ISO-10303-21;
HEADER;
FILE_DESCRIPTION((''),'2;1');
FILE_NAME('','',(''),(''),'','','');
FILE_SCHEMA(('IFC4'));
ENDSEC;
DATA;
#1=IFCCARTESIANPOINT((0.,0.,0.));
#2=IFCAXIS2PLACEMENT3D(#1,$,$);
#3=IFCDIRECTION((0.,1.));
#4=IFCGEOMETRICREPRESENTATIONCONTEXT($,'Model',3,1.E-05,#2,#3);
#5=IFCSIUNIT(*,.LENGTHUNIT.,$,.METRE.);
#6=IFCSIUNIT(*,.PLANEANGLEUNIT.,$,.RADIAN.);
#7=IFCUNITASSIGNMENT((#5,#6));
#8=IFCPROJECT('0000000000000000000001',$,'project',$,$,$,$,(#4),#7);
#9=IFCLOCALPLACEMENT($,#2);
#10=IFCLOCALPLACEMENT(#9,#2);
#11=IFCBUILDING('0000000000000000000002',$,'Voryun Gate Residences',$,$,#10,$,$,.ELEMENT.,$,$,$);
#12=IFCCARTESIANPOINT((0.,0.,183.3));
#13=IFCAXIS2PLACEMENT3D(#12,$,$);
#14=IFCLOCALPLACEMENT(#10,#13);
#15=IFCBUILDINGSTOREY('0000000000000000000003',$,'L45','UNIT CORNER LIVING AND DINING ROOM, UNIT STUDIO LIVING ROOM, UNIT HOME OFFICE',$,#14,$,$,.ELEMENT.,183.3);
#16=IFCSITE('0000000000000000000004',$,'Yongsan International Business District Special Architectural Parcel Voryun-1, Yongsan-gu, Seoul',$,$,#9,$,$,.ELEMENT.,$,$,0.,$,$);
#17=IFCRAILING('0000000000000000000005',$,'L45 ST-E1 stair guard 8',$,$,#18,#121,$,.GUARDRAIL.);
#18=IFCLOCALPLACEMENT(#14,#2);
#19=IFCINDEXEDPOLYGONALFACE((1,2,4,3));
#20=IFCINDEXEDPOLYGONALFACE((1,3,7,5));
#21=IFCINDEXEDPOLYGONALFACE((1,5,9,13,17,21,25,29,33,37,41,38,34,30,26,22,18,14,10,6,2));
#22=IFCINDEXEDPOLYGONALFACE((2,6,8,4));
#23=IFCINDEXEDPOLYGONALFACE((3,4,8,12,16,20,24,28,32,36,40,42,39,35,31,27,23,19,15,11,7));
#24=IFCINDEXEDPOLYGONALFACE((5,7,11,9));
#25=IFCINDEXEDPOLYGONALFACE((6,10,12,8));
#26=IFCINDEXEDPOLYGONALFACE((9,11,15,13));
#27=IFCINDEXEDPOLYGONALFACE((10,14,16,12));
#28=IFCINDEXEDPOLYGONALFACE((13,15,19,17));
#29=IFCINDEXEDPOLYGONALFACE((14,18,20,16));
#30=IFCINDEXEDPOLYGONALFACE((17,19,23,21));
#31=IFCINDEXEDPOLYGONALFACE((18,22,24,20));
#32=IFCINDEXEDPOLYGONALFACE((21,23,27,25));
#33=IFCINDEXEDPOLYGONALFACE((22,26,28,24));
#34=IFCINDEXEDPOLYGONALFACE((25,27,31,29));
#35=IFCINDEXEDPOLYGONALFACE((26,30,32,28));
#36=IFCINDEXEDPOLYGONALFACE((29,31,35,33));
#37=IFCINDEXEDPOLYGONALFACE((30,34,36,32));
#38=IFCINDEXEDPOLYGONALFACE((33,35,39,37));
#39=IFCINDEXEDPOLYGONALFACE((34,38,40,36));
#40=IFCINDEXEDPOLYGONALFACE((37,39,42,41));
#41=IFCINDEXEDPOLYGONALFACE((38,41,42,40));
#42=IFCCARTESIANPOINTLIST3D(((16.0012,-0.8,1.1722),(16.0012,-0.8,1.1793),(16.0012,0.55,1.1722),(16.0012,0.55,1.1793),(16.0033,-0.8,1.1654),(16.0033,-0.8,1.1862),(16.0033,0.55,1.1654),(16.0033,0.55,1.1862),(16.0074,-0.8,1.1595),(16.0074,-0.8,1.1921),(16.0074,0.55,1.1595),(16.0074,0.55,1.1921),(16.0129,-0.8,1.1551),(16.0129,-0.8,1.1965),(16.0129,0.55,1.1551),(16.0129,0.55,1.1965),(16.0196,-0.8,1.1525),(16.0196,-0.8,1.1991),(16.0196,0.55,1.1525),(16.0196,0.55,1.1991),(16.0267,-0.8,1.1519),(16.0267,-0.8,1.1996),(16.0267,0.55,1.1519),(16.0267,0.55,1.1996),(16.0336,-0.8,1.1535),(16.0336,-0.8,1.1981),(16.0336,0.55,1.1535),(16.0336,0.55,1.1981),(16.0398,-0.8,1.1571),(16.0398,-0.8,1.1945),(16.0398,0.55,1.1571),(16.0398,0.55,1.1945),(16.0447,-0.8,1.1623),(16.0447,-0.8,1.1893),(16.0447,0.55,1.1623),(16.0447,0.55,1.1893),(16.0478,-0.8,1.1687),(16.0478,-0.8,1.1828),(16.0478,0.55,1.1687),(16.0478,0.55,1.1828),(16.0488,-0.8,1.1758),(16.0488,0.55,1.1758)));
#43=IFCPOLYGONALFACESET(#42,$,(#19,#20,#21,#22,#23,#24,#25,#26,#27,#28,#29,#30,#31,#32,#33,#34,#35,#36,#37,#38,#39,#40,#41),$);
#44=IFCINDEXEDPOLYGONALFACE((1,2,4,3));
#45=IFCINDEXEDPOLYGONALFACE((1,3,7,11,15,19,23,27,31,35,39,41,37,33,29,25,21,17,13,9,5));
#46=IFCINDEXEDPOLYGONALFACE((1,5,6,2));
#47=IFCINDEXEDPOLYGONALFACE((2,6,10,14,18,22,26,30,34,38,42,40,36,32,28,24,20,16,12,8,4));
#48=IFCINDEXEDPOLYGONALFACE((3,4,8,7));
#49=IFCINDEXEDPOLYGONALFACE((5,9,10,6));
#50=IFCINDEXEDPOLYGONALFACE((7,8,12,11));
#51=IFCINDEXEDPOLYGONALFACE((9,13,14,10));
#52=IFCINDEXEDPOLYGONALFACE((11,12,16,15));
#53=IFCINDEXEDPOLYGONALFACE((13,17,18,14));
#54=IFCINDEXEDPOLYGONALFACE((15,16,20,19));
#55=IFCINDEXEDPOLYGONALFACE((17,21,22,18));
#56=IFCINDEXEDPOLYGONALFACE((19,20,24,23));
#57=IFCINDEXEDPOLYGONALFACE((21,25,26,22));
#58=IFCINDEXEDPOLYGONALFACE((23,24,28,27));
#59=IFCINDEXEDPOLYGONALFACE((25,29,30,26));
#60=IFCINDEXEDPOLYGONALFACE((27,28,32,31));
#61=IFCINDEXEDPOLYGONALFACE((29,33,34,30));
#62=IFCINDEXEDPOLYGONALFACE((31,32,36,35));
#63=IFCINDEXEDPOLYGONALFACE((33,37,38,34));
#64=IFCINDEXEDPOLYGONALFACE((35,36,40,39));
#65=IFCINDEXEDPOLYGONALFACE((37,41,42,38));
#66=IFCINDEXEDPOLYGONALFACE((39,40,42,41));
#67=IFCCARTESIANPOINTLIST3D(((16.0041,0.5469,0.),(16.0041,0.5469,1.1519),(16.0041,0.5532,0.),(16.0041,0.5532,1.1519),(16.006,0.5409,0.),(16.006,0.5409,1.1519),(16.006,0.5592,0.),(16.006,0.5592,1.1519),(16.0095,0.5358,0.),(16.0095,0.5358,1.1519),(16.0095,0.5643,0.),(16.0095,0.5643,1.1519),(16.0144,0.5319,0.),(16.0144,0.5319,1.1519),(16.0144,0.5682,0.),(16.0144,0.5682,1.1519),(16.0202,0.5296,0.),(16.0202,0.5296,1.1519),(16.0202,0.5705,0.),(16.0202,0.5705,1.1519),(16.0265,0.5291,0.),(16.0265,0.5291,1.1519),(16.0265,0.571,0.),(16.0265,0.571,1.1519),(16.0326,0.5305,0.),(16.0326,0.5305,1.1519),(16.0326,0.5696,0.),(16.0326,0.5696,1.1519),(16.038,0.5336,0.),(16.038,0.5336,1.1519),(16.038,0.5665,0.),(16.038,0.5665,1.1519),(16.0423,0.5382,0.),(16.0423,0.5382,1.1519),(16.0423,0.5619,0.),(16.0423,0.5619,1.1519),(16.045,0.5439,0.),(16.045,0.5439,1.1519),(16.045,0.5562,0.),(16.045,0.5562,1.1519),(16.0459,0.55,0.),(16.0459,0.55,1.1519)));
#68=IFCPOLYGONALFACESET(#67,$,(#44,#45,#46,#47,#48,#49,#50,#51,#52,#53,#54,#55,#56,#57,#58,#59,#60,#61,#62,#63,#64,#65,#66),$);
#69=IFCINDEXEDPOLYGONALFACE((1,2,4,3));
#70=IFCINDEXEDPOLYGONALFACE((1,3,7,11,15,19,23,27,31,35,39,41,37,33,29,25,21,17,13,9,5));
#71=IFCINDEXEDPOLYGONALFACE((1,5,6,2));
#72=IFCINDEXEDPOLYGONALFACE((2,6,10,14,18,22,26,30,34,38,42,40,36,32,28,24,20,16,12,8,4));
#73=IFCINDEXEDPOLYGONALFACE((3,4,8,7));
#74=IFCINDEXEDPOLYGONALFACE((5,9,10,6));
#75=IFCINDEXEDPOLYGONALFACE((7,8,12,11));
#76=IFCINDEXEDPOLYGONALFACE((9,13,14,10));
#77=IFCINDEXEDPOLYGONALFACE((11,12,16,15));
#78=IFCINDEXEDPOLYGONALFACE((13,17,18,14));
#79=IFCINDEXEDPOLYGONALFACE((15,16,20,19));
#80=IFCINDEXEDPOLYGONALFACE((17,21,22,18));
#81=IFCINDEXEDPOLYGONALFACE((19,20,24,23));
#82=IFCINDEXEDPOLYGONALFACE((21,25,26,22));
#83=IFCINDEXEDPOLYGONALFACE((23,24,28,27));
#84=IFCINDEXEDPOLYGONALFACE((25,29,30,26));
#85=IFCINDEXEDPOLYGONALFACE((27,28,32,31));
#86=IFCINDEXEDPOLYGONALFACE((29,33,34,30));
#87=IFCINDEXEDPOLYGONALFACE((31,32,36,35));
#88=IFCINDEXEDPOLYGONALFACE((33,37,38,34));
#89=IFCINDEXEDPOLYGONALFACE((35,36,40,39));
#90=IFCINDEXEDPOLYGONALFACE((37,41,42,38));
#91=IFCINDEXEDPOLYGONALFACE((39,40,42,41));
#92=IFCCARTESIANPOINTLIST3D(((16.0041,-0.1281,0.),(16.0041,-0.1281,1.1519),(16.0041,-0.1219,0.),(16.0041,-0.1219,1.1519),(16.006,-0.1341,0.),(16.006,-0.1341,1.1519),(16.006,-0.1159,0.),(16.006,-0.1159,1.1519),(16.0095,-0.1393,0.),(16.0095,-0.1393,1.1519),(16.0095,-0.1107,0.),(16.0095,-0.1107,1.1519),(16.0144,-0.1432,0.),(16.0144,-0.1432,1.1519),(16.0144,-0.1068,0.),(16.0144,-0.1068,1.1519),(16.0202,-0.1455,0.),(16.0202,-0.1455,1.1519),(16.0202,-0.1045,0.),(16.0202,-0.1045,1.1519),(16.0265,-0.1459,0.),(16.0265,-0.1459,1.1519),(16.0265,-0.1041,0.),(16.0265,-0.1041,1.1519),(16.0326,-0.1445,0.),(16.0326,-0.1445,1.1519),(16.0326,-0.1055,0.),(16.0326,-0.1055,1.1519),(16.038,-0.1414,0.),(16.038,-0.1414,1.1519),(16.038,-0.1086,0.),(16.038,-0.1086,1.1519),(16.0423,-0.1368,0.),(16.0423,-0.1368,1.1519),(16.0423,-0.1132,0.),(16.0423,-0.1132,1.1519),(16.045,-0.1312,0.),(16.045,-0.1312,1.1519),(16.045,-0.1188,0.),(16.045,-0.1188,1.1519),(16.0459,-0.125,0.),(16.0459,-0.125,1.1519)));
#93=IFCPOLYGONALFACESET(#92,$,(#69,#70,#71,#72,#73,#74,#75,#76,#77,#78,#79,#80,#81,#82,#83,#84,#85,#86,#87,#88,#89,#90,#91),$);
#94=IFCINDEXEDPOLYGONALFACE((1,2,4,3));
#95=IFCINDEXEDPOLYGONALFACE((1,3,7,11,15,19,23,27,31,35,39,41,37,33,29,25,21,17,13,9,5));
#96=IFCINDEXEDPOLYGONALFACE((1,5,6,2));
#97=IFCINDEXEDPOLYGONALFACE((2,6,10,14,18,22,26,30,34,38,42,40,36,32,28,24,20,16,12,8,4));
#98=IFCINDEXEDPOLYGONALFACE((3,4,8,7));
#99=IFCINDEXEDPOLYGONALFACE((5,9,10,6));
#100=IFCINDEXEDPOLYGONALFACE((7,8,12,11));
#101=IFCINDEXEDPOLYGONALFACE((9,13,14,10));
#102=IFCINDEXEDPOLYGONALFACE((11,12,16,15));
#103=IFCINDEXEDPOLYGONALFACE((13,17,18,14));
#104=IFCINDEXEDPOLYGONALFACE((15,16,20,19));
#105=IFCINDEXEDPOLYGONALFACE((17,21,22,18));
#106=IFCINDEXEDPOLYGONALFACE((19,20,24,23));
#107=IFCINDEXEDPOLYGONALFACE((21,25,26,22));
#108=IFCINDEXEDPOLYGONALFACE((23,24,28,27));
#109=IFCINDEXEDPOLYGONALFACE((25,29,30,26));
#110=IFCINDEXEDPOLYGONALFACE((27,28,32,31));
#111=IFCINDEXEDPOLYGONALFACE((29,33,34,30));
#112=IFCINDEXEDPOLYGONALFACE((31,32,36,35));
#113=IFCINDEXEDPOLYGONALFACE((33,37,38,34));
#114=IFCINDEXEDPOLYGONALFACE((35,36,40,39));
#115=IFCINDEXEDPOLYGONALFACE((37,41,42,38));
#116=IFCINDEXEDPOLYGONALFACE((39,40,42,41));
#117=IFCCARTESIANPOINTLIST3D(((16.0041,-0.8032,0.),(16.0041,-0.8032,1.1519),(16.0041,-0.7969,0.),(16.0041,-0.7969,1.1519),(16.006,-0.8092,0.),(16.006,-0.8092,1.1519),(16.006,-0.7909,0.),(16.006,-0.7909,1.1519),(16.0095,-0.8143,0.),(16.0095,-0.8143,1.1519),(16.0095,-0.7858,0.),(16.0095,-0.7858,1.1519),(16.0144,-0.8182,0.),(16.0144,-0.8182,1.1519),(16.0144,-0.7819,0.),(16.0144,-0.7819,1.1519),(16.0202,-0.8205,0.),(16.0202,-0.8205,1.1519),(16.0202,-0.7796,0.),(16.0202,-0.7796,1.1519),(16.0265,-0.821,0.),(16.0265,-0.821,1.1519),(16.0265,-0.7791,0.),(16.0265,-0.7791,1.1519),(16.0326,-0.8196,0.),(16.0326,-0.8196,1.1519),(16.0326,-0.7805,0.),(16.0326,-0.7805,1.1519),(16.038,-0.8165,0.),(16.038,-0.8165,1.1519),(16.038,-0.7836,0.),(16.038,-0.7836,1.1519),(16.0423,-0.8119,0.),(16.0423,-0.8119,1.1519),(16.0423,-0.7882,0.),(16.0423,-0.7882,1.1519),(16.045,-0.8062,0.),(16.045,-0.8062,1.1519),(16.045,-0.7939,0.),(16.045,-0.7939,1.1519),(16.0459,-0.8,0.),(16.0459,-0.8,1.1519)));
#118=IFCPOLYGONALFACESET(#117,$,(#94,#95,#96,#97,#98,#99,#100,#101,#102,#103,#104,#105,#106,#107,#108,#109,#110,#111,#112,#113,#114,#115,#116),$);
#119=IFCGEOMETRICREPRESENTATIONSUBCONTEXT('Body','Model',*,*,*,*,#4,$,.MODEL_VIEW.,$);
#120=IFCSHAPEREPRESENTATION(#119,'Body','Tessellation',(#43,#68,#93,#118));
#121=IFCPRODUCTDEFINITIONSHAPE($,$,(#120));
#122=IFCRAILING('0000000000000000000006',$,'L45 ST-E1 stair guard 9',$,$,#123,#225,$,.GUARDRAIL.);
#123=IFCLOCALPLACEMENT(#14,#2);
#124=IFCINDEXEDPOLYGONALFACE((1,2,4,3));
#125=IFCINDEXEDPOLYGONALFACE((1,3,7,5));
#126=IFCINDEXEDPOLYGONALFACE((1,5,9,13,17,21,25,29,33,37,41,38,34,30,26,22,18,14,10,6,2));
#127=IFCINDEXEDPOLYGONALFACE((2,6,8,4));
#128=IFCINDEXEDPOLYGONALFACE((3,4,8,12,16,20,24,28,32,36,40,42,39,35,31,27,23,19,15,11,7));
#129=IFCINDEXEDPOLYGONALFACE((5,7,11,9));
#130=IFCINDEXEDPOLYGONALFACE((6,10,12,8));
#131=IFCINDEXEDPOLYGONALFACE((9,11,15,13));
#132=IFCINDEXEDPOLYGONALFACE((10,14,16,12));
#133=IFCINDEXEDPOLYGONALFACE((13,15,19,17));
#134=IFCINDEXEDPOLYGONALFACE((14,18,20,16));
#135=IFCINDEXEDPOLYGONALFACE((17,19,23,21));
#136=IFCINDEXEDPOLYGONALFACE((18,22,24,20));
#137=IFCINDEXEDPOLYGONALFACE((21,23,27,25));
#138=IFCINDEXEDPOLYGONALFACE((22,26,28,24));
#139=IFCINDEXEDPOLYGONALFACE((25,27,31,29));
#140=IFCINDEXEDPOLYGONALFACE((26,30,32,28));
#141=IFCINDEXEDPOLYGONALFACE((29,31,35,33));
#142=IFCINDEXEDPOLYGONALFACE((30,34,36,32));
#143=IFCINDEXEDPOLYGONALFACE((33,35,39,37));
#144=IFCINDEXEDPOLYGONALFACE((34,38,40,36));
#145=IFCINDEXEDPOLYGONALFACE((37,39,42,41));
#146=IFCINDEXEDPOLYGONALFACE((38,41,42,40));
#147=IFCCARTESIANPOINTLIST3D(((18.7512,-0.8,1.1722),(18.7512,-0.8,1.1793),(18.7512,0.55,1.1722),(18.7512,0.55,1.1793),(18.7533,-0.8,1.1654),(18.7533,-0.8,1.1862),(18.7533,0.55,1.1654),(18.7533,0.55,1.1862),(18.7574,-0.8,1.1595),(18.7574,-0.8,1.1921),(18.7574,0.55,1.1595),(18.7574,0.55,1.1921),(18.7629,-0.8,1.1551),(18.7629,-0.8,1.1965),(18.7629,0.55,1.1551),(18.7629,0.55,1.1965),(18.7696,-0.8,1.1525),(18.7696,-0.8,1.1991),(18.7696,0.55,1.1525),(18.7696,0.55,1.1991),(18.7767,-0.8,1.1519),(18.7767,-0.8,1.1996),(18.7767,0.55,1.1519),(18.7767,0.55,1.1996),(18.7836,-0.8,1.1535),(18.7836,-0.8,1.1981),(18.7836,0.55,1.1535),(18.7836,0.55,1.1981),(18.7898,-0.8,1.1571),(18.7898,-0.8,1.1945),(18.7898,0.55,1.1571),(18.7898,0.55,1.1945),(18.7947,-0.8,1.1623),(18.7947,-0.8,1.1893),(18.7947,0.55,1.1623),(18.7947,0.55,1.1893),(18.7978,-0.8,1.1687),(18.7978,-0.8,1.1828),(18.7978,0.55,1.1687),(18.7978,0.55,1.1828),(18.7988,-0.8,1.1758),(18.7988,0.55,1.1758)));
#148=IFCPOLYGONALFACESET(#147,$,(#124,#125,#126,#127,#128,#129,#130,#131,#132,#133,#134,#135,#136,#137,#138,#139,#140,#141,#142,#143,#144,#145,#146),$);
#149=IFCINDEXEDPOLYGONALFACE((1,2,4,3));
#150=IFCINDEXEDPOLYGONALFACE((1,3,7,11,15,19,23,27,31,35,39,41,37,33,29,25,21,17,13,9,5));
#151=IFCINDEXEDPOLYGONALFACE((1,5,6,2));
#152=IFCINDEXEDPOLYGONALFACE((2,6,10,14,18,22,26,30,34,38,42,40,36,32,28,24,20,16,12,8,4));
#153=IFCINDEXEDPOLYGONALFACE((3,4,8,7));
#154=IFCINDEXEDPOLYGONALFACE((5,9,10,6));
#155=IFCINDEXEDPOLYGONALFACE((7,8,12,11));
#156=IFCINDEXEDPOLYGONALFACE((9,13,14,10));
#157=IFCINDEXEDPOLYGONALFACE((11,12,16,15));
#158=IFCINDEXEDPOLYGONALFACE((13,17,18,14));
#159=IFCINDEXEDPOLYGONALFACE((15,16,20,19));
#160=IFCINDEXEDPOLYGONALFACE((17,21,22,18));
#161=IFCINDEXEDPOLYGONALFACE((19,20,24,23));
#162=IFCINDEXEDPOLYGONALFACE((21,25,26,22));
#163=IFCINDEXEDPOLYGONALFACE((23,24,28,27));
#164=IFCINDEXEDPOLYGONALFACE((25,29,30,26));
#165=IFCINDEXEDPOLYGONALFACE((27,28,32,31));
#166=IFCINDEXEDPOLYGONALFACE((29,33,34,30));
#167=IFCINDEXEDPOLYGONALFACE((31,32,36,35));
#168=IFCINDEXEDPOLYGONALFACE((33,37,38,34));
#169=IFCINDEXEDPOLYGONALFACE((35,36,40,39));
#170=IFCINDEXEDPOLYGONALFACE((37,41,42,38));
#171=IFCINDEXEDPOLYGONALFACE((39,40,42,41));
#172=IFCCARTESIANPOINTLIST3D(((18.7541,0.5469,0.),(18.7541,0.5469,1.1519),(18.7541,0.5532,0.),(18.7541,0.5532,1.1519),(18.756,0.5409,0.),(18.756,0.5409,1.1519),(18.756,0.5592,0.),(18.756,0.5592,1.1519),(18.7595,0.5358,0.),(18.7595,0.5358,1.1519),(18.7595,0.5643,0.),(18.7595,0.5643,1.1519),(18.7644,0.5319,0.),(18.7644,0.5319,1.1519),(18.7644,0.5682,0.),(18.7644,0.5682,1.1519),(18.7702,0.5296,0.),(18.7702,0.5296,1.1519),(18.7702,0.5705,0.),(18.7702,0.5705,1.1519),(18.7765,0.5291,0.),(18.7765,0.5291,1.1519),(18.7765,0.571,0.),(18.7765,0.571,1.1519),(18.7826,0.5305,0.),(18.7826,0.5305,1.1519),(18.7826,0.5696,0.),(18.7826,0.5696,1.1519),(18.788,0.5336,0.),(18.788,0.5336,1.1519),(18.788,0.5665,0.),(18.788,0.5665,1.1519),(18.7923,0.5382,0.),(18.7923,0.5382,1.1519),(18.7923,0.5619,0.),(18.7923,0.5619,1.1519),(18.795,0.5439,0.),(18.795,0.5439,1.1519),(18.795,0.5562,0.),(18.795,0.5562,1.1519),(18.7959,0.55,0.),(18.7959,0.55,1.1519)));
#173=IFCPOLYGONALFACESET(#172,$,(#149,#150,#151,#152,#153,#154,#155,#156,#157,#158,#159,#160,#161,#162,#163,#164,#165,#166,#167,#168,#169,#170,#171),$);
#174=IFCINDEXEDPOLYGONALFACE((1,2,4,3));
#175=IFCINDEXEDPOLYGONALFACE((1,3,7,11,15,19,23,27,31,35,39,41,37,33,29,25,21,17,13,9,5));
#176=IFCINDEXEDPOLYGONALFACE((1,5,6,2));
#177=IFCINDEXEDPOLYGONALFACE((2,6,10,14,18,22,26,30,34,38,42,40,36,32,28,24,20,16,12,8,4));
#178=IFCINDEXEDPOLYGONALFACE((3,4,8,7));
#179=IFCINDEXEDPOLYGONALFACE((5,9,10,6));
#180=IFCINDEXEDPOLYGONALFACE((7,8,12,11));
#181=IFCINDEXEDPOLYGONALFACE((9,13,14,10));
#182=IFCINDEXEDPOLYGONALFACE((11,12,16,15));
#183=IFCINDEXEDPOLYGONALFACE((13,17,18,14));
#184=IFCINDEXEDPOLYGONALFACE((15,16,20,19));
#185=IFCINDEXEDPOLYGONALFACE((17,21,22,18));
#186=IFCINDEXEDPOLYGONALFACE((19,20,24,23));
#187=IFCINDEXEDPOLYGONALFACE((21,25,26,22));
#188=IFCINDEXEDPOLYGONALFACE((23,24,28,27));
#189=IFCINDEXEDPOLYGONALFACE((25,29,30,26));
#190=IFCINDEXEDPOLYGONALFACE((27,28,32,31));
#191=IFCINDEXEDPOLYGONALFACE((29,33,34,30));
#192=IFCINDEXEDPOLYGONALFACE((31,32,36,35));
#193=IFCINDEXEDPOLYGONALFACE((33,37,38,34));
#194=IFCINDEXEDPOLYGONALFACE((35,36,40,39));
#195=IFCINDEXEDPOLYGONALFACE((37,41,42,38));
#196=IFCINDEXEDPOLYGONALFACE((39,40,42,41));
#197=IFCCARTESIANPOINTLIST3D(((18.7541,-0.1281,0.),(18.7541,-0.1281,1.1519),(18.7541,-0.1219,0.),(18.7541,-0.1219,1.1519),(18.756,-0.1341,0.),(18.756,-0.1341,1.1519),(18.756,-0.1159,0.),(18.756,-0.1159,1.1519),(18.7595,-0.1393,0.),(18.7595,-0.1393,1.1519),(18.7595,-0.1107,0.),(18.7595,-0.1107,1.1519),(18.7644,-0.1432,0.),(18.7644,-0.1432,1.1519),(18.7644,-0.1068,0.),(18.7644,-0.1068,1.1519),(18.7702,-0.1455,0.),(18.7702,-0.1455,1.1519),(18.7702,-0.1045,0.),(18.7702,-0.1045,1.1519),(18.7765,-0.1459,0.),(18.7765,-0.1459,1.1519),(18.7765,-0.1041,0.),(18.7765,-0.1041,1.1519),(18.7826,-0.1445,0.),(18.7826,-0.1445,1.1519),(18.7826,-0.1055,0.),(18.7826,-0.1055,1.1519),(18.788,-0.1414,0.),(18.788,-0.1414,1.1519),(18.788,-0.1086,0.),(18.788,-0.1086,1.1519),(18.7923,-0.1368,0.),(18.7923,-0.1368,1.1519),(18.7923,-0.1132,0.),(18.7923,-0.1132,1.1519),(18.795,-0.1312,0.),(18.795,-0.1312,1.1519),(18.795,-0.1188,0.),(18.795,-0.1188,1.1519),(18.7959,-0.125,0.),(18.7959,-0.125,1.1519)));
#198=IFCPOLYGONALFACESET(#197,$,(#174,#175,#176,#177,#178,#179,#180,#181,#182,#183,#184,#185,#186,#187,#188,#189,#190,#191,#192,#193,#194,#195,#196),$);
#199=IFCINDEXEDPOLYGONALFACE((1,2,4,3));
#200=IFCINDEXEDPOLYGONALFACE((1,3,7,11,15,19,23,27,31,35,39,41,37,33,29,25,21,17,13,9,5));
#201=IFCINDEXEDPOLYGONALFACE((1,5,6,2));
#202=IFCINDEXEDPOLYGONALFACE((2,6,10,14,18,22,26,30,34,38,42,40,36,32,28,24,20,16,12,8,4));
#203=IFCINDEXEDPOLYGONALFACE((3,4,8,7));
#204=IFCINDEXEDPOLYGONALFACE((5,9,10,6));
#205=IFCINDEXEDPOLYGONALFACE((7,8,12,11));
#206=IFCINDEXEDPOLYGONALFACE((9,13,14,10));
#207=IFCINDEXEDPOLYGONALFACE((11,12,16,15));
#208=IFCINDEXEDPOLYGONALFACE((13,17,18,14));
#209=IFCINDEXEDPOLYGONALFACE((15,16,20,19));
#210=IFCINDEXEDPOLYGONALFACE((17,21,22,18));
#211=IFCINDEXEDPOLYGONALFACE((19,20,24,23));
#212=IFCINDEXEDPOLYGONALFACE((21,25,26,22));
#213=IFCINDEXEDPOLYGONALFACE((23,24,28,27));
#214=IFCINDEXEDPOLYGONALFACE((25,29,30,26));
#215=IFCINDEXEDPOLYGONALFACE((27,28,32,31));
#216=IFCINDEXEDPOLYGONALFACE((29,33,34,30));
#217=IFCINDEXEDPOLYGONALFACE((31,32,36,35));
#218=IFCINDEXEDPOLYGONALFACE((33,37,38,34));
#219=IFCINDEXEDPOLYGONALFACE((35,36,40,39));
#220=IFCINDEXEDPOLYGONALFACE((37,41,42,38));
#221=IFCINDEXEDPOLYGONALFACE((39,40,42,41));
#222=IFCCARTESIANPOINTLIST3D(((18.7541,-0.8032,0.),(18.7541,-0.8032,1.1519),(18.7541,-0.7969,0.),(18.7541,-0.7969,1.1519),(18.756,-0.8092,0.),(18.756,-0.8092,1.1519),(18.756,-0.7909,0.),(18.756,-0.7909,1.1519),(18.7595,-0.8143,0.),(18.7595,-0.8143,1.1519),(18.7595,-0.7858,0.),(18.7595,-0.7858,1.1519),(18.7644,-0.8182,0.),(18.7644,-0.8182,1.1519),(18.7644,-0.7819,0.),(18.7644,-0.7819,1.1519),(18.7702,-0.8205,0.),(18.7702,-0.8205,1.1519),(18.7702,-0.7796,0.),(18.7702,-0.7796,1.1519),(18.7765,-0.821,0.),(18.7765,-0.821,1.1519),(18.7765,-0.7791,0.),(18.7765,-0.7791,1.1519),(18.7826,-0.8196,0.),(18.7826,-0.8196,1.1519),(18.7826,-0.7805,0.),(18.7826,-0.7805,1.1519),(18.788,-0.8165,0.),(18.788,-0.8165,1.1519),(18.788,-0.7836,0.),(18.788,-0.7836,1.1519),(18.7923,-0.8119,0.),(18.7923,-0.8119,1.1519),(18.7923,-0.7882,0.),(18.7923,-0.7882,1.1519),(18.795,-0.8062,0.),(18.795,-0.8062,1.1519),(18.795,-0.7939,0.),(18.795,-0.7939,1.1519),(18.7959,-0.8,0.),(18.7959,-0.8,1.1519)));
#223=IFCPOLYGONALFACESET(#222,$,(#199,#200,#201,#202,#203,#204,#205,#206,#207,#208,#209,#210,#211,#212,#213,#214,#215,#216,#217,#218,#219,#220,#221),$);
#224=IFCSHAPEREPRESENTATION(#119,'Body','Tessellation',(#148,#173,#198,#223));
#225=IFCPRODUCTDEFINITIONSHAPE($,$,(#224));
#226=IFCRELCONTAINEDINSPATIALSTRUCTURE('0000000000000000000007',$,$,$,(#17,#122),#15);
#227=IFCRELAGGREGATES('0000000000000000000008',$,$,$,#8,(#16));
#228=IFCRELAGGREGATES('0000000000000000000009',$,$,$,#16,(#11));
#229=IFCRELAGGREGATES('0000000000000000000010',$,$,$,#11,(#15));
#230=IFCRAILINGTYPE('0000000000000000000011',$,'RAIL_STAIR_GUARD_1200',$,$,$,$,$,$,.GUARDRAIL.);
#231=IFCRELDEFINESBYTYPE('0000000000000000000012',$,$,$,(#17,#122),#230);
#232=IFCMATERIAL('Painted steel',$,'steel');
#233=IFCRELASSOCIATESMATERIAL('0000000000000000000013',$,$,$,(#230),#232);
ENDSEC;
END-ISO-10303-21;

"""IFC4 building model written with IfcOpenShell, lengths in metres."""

from ifc_helpers import new_model, si_unit, direction, frame, origin, origin_2d, place, context, subcontext, project, spatial, circle, extrude, material, type_object, element, save


model = new_model("IFC4")

# Units and contexts
model_context = context("Model", 3, precision=1e-05, world=origin(), true_north=direction((0.0, 1.0)))
body_context = subcontext(model_context, "Body", "Model", "MODEL_VIEW")
ifc_project = project(units=[si_unit("LENGTHUNIT", "METRE"), si_unit("PLANEANGLEUNIT", "RADIAN")], contexts=[model_context])

# Site, building, storey
site_placement = place(None, origin())
site = spatial("IfcSite", under=ifc_project, at=site_placement, Name="Yongsan International Business District Special Architectural Parcel Voryun-1, Yongsan-gu, Seoul", CompositionType="ELEMENT", RefElevation=0.0)
building_placement = place(site_placement, origin())
building = spatial("IfcBuilding", under=site, at=building_placement, Name="Voryun Gate Residences", CompositionType="ELEMENT")
storey_placement = place(building_placement, frame((0.0, 0.0, 183.3)))
storey = spatial("IfcBuildingStorey", under=building, at=storey_placement, Name="L45", Description="UNIT CORNER LIVING AND DINING ROOM, UNIT STUDIO LIVING ROOM, UNIT HOME OFFICE", CompositionType="ELEMENT", Elevation=183.3)

# Railings
ifc_material_1 = material(Name="Painted steel", Category="steel")
railing_type = type_object("IfcRailingType", Name="RAIL_STAIR_GUARD_1200", PredefinedType="GUARDRAIL", material=ifc_material_1)
for number, where, name in (
    (1, (16.0249, 0.55, 0.0), "L45 ST-E1 stair guard 8"),
    (2, (18.7749, 0.55, 0.0), "L45 ST-E1 stair guard 9"),
):
    element("IfcRailing", number, at=place(storey_placement, frame(where)), inside=storey, type_object=railing_type, Name=name, PredefinedType="GUARDRAIL", context=body_context, shape_type="SweptSolid", body=[
        extrude(circle(Radius=0.0239, at=origin_2d()), frame((0.0, 0.0, 1.1758), z_axis=(0.0, -1.0, 0.0), x_axis=(1.0, 0.0, 0.0)), (0.0, 0.0, 1.0), 1.3501),
        extrude(circle(Radius=0.021, at=origin_2d()), origin(), (0.0, 0.0, 1.0), 1.1519),
        extrude(circle(Radius=0.021, at=origin_2d()), frame((0.0, -0.675, 0.0)), (0.0, 0.0, 1.0), 1.1519),
        extrude(circle(Radius=0.021, at=origin_2d()), frame((0.0, -1.3501, 0.0)), (0.0, 0.0, 1.0), 1.1519),
    ])

save(model, "model.ifc")
